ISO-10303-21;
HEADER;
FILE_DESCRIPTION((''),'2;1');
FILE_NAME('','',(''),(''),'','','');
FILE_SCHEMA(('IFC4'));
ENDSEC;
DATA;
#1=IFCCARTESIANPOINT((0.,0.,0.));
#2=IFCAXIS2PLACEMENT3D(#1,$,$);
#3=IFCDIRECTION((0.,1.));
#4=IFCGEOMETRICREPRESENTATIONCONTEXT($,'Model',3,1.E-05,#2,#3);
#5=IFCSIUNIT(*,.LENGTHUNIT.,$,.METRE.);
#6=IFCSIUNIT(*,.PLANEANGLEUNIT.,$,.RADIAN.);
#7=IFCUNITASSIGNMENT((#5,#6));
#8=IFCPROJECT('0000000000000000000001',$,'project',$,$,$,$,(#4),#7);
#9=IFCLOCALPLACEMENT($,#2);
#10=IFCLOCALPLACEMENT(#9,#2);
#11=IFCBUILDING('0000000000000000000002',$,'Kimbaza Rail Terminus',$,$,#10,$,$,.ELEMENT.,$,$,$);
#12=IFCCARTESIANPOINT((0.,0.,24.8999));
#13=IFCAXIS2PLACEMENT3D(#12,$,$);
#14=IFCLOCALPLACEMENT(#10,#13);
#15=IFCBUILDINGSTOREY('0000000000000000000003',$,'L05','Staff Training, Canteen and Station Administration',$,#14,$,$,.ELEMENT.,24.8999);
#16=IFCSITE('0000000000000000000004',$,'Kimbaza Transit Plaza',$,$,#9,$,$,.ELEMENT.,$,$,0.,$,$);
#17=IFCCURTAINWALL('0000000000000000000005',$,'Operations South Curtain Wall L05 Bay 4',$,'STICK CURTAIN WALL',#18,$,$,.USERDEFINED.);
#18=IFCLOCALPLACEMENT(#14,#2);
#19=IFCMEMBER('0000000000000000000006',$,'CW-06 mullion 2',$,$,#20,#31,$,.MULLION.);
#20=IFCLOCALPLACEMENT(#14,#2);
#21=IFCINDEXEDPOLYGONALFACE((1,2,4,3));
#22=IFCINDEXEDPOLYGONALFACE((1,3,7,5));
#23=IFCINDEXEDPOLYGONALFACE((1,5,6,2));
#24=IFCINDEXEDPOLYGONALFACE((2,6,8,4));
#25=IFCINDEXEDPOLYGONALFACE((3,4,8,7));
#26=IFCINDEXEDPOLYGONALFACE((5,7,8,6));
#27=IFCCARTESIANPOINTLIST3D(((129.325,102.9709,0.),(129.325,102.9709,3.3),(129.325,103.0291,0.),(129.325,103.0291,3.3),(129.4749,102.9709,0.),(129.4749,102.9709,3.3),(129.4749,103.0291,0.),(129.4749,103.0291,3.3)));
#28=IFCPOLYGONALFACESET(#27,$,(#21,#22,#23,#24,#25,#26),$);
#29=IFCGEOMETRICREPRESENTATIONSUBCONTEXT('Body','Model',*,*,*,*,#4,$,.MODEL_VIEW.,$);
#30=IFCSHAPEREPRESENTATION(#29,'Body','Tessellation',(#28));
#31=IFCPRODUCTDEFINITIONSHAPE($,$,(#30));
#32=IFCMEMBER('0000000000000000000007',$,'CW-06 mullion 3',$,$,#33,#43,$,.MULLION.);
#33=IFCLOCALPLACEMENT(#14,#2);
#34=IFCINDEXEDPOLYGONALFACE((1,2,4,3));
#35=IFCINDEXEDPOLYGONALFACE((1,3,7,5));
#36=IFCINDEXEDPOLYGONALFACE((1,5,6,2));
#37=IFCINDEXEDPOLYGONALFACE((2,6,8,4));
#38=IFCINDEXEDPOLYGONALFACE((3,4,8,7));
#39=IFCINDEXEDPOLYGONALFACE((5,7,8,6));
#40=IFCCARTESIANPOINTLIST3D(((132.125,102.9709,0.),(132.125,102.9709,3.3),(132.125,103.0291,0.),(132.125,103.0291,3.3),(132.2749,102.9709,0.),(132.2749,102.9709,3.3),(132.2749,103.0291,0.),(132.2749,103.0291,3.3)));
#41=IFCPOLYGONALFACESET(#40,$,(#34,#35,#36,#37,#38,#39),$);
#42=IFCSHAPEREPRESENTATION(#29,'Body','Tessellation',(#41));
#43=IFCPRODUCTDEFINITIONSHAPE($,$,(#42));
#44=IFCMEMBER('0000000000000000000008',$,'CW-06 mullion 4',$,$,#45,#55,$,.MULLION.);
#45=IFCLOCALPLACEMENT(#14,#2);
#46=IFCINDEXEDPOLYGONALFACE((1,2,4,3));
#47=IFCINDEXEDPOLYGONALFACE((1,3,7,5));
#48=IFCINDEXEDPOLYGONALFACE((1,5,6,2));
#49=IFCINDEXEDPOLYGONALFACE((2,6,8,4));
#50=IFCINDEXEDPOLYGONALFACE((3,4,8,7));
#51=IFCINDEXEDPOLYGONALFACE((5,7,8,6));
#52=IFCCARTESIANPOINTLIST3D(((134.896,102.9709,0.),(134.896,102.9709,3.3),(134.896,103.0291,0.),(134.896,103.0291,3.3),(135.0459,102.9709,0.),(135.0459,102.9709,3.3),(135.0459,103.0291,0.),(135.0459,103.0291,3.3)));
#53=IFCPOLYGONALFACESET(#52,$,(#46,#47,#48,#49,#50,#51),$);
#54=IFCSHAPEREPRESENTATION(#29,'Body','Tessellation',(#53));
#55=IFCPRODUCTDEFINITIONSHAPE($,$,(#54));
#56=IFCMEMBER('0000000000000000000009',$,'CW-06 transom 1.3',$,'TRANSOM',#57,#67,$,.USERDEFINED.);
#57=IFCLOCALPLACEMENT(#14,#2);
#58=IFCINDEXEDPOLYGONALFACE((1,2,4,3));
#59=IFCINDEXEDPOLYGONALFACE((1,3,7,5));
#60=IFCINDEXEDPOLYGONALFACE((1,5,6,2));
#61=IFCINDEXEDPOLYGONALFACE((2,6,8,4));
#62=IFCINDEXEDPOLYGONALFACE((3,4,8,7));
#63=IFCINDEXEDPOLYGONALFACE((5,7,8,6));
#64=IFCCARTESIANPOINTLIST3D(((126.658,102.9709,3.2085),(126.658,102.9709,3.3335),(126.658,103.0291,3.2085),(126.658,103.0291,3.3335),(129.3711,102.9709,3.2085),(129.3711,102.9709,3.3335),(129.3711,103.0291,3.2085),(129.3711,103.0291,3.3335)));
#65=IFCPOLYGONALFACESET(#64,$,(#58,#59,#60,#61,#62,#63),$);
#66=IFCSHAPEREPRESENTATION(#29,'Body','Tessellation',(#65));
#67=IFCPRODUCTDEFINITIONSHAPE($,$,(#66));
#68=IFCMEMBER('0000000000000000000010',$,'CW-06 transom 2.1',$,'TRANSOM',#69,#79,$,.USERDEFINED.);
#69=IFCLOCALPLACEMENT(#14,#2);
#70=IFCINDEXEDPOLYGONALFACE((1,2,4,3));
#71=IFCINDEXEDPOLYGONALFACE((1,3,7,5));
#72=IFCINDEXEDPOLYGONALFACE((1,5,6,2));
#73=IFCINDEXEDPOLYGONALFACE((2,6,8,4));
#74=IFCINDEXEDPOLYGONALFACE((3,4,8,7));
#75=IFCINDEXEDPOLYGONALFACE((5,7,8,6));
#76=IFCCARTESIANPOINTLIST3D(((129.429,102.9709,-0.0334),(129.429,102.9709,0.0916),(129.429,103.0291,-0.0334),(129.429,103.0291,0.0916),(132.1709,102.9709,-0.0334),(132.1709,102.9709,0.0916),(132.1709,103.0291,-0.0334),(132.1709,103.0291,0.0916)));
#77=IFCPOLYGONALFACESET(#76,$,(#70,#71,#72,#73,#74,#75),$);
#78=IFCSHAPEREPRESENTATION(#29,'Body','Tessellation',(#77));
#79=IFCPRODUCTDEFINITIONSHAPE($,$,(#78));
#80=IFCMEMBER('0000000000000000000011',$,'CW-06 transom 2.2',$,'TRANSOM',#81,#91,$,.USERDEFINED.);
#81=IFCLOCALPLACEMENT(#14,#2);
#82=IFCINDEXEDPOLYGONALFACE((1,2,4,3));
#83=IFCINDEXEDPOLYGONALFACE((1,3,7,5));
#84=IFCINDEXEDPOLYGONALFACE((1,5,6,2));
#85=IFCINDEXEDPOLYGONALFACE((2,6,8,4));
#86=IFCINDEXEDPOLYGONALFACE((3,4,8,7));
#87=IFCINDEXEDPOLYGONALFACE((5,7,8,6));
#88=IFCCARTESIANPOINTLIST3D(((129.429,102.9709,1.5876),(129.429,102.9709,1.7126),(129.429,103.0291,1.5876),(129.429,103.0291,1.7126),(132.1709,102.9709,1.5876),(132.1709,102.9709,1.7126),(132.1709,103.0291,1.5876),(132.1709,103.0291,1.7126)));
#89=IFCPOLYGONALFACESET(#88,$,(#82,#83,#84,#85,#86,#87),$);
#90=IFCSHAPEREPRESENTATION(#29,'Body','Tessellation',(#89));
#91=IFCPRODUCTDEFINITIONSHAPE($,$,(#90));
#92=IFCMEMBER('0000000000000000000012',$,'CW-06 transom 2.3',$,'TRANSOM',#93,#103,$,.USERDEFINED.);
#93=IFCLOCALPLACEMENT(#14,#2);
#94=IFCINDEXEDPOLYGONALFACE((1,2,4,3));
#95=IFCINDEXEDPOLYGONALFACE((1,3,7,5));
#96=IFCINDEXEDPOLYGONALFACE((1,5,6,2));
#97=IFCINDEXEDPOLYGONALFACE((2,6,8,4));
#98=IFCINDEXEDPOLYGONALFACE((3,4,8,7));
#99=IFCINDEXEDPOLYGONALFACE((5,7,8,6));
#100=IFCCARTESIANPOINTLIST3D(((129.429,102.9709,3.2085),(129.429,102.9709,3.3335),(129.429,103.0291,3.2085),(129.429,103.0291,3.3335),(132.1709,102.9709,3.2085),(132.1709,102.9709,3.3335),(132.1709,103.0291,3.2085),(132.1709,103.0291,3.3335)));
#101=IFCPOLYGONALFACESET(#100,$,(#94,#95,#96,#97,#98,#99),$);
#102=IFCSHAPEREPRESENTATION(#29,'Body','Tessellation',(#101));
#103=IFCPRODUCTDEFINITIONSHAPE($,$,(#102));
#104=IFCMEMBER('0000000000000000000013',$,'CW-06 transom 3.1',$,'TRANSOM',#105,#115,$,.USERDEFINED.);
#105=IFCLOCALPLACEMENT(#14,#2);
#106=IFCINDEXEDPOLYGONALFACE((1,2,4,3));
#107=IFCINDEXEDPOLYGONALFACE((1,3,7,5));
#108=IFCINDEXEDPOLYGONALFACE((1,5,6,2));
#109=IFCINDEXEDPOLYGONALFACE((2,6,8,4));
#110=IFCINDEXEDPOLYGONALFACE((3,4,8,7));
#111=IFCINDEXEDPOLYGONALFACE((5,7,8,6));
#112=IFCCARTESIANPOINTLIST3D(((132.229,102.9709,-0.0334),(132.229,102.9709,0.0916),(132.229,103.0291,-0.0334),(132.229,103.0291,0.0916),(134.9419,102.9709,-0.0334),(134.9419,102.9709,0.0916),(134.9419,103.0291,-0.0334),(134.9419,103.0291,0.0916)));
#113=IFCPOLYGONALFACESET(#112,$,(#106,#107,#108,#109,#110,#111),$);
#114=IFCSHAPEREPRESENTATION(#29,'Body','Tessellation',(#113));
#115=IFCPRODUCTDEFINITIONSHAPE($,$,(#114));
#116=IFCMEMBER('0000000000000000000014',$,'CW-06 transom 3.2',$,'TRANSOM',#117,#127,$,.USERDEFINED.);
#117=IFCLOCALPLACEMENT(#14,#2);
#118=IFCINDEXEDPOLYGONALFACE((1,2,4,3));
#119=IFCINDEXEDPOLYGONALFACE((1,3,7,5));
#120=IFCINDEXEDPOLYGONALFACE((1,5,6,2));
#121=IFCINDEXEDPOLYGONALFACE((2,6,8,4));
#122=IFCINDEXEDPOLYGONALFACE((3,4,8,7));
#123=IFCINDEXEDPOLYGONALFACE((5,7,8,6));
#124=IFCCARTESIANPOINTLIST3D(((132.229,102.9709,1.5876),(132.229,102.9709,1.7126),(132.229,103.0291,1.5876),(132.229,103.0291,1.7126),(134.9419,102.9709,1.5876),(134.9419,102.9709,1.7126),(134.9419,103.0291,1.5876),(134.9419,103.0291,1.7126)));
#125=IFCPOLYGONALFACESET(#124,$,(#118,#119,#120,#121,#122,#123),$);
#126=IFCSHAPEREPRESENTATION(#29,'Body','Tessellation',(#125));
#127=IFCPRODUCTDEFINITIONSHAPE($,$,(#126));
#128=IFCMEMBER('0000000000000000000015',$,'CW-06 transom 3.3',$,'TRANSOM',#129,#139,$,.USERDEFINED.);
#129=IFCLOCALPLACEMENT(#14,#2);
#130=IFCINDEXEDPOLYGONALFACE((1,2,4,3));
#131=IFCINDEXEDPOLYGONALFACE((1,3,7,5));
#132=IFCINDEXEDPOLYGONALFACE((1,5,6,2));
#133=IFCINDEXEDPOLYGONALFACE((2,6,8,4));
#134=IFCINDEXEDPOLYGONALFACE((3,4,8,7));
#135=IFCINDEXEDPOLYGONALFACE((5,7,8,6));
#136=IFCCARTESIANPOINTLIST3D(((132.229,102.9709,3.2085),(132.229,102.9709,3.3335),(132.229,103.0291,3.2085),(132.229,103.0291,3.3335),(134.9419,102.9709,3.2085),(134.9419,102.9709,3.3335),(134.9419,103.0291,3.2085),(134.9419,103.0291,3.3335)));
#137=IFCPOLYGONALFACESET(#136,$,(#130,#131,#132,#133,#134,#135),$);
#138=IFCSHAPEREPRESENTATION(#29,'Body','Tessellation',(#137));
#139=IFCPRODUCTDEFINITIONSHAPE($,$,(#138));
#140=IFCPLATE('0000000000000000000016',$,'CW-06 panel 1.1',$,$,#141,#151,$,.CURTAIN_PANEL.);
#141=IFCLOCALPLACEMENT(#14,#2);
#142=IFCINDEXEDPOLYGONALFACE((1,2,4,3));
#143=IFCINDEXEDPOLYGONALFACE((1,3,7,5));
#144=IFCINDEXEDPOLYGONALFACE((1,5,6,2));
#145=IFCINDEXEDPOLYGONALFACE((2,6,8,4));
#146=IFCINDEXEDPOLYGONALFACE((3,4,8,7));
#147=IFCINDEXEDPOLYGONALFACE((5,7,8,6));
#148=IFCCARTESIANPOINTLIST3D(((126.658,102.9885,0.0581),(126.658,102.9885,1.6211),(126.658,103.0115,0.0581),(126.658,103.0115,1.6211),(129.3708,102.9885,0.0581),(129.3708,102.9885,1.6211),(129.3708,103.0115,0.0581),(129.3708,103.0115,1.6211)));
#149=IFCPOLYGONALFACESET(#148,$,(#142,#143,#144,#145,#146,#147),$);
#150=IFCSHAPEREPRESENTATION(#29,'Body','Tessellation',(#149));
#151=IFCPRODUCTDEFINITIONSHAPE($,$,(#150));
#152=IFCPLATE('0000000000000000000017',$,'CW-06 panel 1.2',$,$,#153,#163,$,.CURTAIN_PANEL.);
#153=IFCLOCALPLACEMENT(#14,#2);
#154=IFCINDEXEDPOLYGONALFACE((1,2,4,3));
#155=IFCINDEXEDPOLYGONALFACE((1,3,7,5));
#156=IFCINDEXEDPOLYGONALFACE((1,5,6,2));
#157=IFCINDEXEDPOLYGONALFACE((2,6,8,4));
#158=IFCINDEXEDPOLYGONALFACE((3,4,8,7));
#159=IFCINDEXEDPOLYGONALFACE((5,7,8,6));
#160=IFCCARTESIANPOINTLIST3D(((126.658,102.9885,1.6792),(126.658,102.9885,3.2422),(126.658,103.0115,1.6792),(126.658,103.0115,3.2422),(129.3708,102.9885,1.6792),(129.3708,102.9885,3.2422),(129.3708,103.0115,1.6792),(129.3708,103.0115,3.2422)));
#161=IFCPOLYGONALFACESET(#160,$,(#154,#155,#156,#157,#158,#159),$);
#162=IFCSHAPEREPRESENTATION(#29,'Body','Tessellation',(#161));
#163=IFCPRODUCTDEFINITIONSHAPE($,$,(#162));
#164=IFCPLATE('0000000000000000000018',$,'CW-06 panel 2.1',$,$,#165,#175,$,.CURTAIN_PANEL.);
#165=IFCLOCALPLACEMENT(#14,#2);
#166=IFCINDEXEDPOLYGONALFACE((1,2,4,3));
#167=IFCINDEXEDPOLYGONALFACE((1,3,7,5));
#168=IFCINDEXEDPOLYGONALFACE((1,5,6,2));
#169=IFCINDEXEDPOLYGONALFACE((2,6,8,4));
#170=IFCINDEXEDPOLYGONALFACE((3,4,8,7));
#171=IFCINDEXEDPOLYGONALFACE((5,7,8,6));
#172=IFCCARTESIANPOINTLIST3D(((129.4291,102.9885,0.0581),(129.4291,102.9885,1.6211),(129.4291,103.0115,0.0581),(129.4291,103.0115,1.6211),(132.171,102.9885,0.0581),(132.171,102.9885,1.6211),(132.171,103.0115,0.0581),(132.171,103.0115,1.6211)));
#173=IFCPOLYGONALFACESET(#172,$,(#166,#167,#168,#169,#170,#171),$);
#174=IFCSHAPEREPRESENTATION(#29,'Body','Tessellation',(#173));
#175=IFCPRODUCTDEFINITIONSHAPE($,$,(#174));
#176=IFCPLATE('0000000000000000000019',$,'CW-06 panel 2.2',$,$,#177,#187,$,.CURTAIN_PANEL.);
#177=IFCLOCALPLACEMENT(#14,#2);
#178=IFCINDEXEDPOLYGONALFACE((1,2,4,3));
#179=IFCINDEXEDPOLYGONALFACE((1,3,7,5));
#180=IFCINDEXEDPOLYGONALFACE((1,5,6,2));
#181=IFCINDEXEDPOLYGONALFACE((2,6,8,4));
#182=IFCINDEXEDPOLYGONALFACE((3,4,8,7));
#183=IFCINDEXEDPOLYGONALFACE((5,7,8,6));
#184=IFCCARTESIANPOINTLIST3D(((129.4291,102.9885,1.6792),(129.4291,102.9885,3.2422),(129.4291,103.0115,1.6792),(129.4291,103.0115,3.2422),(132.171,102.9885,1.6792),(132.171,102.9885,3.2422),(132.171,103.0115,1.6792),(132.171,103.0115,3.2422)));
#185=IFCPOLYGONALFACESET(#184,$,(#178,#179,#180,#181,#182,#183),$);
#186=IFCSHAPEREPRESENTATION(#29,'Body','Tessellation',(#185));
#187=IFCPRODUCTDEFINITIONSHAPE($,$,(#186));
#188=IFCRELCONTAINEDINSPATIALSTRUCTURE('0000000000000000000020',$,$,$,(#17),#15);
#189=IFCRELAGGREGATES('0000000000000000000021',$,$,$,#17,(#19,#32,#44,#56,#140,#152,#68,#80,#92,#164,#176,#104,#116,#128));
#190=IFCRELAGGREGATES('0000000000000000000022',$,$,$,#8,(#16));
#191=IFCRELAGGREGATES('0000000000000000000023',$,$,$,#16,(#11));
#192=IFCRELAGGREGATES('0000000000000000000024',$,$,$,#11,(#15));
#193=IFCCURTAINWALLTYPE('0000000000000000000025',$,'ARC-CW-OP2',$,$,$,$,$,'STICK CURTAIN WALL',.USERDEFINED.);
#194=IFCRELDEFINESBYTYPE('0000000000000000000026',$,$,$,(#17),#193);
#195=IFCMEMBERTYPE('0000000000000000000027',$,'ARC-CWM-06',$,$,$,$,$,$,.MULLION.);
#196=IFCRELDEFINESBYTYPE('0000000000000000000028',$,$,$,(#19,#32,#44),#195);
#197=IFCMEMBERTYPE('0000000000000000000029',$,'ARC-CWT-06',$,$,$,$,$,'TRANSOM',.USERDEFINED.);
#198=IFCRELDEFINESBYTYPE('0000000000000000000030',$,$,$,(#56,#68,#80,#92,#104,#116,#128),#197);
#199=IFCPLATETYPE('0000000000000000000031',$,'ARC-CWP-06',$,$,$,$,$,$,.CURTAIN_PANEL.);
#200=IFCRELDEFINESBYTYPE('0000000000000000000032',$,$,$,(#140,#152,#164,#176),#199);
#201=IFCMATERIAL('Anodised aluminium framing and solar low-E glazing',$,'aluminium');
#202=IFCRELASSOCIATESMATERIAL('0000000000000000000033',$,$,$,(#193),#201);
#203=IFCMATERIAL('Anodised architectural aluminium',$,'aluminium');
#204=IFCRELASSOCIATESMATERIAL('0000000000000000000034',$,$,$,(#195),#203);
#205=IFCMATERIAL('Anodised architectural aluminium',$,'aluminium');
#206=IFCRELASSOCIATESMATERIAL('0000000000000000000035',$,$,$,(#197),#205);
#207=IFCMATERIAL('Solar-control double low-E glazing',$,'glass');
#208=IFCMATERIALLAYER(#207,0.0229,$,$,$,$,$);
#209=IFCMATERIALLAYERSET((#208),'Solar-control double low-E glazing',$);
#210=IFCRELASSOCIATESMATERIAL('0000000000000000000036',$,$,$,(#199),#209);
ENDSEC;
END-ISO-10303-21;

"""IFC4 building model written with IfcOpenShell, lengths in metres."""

from ifc_helpers import new_model, si_unit, direction, frame, origin, origin_2d, place, context, subcontext, project, spatial, rectangle, extrude, material, layer, layer_set, material_profile, profile_set, type_object, element, aggregate, save


model = new_model("IFC4")

# Units and contexts
model_context = context("Model", 3, precision=1e-05, world=origin(), true_north=direction((0.0, 1.0)))
body_context = subcontext(model_context, "Body", "Model", "MODEL_VIEW")
ifc_project = project(units=[si_unit("LENGTHUNIT", "METRE"), si_unit("PLANEANGLEUNIT", "RADIAN")], contexts=[model_context])

# Site, building, storey
site_placement = place(None, origin())
site = spatial("IfcSite", under=ifc_project, at=site_placement, Name="Kimbaza Transit Plaza", CompositionType="ELEMENT", RefElevation=0.0)
building_placement = place(site_placement, origin())
building = spatial("IfcBuilding", under=site, at=building_placement, Name="Kimbaza Rail Terminus", CompositionType="ELEMENT")
storey_placement = place(building_placement, frame((0.0, 0.0, 24.8999)))
storey = spatial("IfcBuildingStorey", under=building, at=storey_placement, Name="L05", Description="Staff Training, Canteen and Station Administration", CompositionType="ELEMENT", Elevation=24.8999)

# Curtain wall, members, plates
ifc_material_1 = material(Name="Anodised aluminium framing and solar low-E glazing", Category="aluminium")
curtain_wall_type = type_object("IfcCurtainWallType", Name="ARC-CW-OP2", ElementType="STICK CURTAIN WALL", PredefinedType="USERDEFINED", material=ifc_material_1)
curtain_wall_placement = place(storey_placement, origin())
curtain_wall = element("IfcCurtainWall", 1, at=curtain_wall_placement, inside=storey, type_object=curtain_wall_type, Name="Operations South Curtain Wall L05 Bay 4", ObjectType="STICK CURTAIN WALL", PredefinedType="USERDEFINED")
ifc_material_2 = material(Name="Anodised architectural aluminium", Category="aluminium")
ifc_material_profile_1 = material_profile(ifc_material_2, rectangle(XDim=0.0581, YDim=0.1499, at=origin_2d()), Name="MULLION 58x150")
ifc_profile_set_1 = profile_set([ifc_material_profile_1], Name="Anodised architectural aluminium")
member_type_1 = type_object("IfcMemberType", Name="ARC-CWM-06", PredefinedType="MULLION", material=ifc_profile_set_1)
member_1_placement = place(storey_placement, frame((129.3999, 103.0, 0.0), z_axis=(0.0, 0.0, 1.0), x_axis=(0.0, 1.0, 0.0)))
member_1 = element("IfcMember", 2, at=member_1_placement, type_object=member_type_1, Name="CW-06 mullion 2", PredefinedType="MULLION", context=body_context, shape_type="SweptSolid", body=[
    extrude(rectangle(XDim=0.0581, YDim=0.1499, at=origin_2d()), origin(), (0.0, 0.0, 1.0), 3.3),
])
member_2_placement = place(storey_placement, frame((132.2, 103.0, 0.0), z_axis=(0.0, 0.0, 1.0), x_axis=(0.0, 1.0, 0.0)))
member_2 = element("IfcMember", 3, at=member_2_placement, type_object=member_type_1, Name="CW-06 mullion 3", PredefinedType="MULLION", context=body_context, shape_type="SweptSolid", body=[
    extrude(rectangle(XDim=0.0581, YDim=0.1499, at=origin_2d()), origin(), (0.0, 0.0, 1.0), 3.3),
])
member_3_placement = place(storey_placement, frame((134.9709, 103.0, 0.0), z_axis=(0.0, 0.0, 1.0), x_axis=(0.0, 1.0, 0.0)))
member_3 = element("IfcMember", 4, at=member_3_placement, type_object=member_type_1, Name="CW-06 mullion 4", PredefinedType="MULLION", context=body_context, shape_type="SweptSolid", body=[
    extrude(rectangle(XDim=0.0581, YDim=0.1499, at=origin_2d()), origin(), (0.0, 0.0, 1.0), 3.3),
])
ifc_material_3 = material(Name="Anodised architectural aluminium", Category="aluminium")
ifc_material_profile_2 = material_profile(ifc_material_3, rectangle(XDim=0.0581, YDim=0.125, at=origin_2d()), Name="TRANSOM 58x125")
ifc_profile_set_2 = profile_set([ifc_material_profile_2], Name="Anodised architectural aluminium")
member_type_2 = type_object("IfcMemberType", Name="ARC-CWT-06", ElementType="TRANSOM", PredefinedType="USERDEFINED", material=ifc_profile_set_2)
member_4_placement = place(storey_placement, frame((126.658, 103.0, 3.271), z_axis=(1.0, 0.0, 0.0), x_axis=(0.0, 1.0, 0.0)))
member_4 = element("IfcMember", 5, at=member_4_placement, type_object=member_type_2, Name="CW-06 transom 1.3", ObjectType="TRANSOM", PredefinedType="USERDEFINED", context=body_context, shape_type="SweptSolid", body=[
    extrude(rectangle(XDim=0.0581, YDim=0.125, at=origin_2d()), origin(), (0.0, 0.0, 1.0), 2.7131),
])
member_5_placement = place(storey_placement, frame((129.429, 103.0, 0.0291), z_axis=(1.0, 0.0, 0.0), x_axis=(0.0, 1.0, 0.0)))
member_5 = element("IfcMember", 6, at=member_5_placement, type_object=member_type_2, Name="CW-06 transom 2.1", ObjectType="TRANSOM", PredefinedType="USERDEFINED", context=body_context, shape_type="SweptSolid", body=[
    extrude(rectangle(XDim=0.0581, YDim=0.125, at=origin_2d()), origin(), (0.0, 0.0, 1.0), 2.7419),
])
member_6_placement = place(storey_placement, frame((129.429, 103.0, 1.6501), z_axis=(1.0, 0.0, 0.0), x_axis=(0.0, 1.0, 0.0)))
member_6 = element("IfcMember", 7, at=member_6_placement, type_object=member_type_2, Name="CW-06 transom 2.2", ObjectType="TRANSOM", PredefinedType="USERDEFINED", context=body_context, shape_type="SweptSolid", body=[
    extrude(rectangle(XDim=0.0581, YDim=0.125, at=origin_2d()), origin(), (0.0, 0.0, 1.0), 2.7419),
])
member_7_placement = place(storey_placement, frame((129.429, 103.0, 3.271), z_axis=(1.0, 0.0, 0.0), x_axis=(0.0, 1.0, 0.0)))
member_7 = element("IfcMember", 8, at=member_7_placement, type_object=member_type_2, Name="CW-06 transom 2.3", ObjectType="TRANSOM", PredefinedType="USERDEFINED", context=body_context, shape_type="SweptSolid", body=[
    extrude(rectangle(XDim=0.0581, YDim=0.125, at=origin_2d()), origin(), (0.0, 0.0, 1.0), 2.7419),
])
member_8_placement = place(storey_placement, frame((132.229, 103.0, 0.0291), z_axis=(1.0, 0.0, 0.0), x_axis=(0.0, 1.0, 0.0)))
member_8 = element("IfcMember", 9, at=member_8_placement, type_object=member_type_2, Name="CW-06 transom 3.1", ObjectType="TRANSOM", PredefinedType="USERDEFINED", context=body_context, shape_type="SweptSolid", body=[
    extrude(rectangle(XDim=0.0581, YDim=0.125, at=origin_2d()), origin(), (0.0, 0.0, 1.0), 2.7129),
])
member_9_placement = place(storey_placement, frame((132.229, 103.0, 1.6501), z_axis=(1.0, 0.0, 0.0), x_axis=(0.0, 1.0, 0.0)))
member_9 = element("IfcMember", 10, at=member_9_placement, type_object=member_type_2, Name="CW-06 transom 3.2", ObjectType="TRANSOM", PredefinedType="USERDEFINED", context=body_context, shape_type="SweptSolid", body=[
    extrude(rectangle(XDim=0.0581, YDim=0.125, at=origin_2d()), origin(), (0.0, 0.0, 1.0), 2.7129),
])
member_10_placement = place(storey_placement, frame((132.229, 103.0, 3.271), z_axis=(1.0, 0.0, 0.0), x_axis=(0.0, 1.0, 0.0)))
member_10 = element("IfcMember", 11, at=member_10_placement, type_object=member_type_2, Name="CW-06 transom 3.3", ObjectType="TRANSOM", PredefinedType="USERDEFINED", context=body_context, shape_type="SweptSolid", body=[
    extrude(rectangle(XDim=0.0581, YDim=0.125, at=origin_2d()), origin(), (0.0, 0.0, 1.0), 2.7129),
])
ifc_material_4 = material(Name="Solar-control double low-E glazing", Category="glass")
ifc_layer_1 = layer(ifc_material_4, 0.0229)
ifc_layer_set_1 = layer_set([ifc_layer_1], Name="Solar-control double low-E glazing")
plate_type = type_object("IfcPlateType", Name="ARC-CWP-06", PredefinedType="CURTAIN_PANEL", material=ifc_layer_set_1)
plate_1_placement = place(storey_placement, frame((128.0144, 103.0, 0.0581), z_axis=(0.0, 0.0, 1.0), x_axis=(1.0, 0.0, 0.0)))
plate_1 = element("IfcPlate", 12, at=plate_1_placement, type_object=plate_type, Name="CW-06 panel 1.1", PredefinedType="CURTAIN_PANEL", context=body_context, shape_type="SweptSolid", body=[
    extrude(rectangle(XDim=2.7129, YDim=0.0229, at=origin_2d()), origin(), (0.0, 0.0, 1.0), 1.563),
])
plate_2_placement = place(storey_placement, frame((128.0144, 103.0, 1.6792), z_axis=(0.0, 0.0, 1.0), x_axis=(1.0, 0.0, 0.0)))
plate_2 = element("IfcPlate", 13, at=plate_2_placement, type_object=plate_type, Name="CW-06 panel 1.2", PredefinedType="CURTAIN_PANEL", context=body_context, shape_type="SweptSolid", body=[
    extrude(rectangle(XDim=2.7129, YDim=0.0229, at=origin_2d()), origin(), (0.0, 0.0, 1.0), 1.563),
])
plate_3_placement = place(storey_placement, frame((130.8, 103.0, 0.0581), z_axis=(0.0, 0.0, 1.0), x_axis=(1.0, 0.0, 0.0)))
plate_3 = element("IfcPlate", 14, at=plate_3_placement, type_object=plate_type, Name="CW-06 panel 2.1", PredefinedType="CURTAIN_PANEL", context=body_context, shape_type="SweptSolid", body=[
    extrude(rectangle(XDim=2.7419, YDim=0.0229, at=origin_2d()), origin(), (0.0, 0.0, 1.0), 1.563),
])
plate_4_placement = place(storey_placement, frame((130.8, 103.0, 1.6792), z_axis=(0.0, 0.0, 1.0), x_axis=(1.0, 0.0, 0.0)))
plate_4 = element("IfcPlate", 15, at=plate_4_placement, type_object=plate_type, Name="CW-06 panel 2.2", PredefinedType="CURTAIN_PANEL", context=body_context, shape_type="SweptSolid", body=[
    extrude(rectangle(XDim=2.7419, YDim=0.0229, at=origin_2d()), origin(), (0.0, 0.0, 1.0), 1.563),
])
aggregate(curtain_wall, [member_1, member_2, member_3, member_4, plate_1, plate_2, member_5, member_6, member_7, plate_3, plate_4, member_8, member_9, member_10])

save(model, "model.ifc")
